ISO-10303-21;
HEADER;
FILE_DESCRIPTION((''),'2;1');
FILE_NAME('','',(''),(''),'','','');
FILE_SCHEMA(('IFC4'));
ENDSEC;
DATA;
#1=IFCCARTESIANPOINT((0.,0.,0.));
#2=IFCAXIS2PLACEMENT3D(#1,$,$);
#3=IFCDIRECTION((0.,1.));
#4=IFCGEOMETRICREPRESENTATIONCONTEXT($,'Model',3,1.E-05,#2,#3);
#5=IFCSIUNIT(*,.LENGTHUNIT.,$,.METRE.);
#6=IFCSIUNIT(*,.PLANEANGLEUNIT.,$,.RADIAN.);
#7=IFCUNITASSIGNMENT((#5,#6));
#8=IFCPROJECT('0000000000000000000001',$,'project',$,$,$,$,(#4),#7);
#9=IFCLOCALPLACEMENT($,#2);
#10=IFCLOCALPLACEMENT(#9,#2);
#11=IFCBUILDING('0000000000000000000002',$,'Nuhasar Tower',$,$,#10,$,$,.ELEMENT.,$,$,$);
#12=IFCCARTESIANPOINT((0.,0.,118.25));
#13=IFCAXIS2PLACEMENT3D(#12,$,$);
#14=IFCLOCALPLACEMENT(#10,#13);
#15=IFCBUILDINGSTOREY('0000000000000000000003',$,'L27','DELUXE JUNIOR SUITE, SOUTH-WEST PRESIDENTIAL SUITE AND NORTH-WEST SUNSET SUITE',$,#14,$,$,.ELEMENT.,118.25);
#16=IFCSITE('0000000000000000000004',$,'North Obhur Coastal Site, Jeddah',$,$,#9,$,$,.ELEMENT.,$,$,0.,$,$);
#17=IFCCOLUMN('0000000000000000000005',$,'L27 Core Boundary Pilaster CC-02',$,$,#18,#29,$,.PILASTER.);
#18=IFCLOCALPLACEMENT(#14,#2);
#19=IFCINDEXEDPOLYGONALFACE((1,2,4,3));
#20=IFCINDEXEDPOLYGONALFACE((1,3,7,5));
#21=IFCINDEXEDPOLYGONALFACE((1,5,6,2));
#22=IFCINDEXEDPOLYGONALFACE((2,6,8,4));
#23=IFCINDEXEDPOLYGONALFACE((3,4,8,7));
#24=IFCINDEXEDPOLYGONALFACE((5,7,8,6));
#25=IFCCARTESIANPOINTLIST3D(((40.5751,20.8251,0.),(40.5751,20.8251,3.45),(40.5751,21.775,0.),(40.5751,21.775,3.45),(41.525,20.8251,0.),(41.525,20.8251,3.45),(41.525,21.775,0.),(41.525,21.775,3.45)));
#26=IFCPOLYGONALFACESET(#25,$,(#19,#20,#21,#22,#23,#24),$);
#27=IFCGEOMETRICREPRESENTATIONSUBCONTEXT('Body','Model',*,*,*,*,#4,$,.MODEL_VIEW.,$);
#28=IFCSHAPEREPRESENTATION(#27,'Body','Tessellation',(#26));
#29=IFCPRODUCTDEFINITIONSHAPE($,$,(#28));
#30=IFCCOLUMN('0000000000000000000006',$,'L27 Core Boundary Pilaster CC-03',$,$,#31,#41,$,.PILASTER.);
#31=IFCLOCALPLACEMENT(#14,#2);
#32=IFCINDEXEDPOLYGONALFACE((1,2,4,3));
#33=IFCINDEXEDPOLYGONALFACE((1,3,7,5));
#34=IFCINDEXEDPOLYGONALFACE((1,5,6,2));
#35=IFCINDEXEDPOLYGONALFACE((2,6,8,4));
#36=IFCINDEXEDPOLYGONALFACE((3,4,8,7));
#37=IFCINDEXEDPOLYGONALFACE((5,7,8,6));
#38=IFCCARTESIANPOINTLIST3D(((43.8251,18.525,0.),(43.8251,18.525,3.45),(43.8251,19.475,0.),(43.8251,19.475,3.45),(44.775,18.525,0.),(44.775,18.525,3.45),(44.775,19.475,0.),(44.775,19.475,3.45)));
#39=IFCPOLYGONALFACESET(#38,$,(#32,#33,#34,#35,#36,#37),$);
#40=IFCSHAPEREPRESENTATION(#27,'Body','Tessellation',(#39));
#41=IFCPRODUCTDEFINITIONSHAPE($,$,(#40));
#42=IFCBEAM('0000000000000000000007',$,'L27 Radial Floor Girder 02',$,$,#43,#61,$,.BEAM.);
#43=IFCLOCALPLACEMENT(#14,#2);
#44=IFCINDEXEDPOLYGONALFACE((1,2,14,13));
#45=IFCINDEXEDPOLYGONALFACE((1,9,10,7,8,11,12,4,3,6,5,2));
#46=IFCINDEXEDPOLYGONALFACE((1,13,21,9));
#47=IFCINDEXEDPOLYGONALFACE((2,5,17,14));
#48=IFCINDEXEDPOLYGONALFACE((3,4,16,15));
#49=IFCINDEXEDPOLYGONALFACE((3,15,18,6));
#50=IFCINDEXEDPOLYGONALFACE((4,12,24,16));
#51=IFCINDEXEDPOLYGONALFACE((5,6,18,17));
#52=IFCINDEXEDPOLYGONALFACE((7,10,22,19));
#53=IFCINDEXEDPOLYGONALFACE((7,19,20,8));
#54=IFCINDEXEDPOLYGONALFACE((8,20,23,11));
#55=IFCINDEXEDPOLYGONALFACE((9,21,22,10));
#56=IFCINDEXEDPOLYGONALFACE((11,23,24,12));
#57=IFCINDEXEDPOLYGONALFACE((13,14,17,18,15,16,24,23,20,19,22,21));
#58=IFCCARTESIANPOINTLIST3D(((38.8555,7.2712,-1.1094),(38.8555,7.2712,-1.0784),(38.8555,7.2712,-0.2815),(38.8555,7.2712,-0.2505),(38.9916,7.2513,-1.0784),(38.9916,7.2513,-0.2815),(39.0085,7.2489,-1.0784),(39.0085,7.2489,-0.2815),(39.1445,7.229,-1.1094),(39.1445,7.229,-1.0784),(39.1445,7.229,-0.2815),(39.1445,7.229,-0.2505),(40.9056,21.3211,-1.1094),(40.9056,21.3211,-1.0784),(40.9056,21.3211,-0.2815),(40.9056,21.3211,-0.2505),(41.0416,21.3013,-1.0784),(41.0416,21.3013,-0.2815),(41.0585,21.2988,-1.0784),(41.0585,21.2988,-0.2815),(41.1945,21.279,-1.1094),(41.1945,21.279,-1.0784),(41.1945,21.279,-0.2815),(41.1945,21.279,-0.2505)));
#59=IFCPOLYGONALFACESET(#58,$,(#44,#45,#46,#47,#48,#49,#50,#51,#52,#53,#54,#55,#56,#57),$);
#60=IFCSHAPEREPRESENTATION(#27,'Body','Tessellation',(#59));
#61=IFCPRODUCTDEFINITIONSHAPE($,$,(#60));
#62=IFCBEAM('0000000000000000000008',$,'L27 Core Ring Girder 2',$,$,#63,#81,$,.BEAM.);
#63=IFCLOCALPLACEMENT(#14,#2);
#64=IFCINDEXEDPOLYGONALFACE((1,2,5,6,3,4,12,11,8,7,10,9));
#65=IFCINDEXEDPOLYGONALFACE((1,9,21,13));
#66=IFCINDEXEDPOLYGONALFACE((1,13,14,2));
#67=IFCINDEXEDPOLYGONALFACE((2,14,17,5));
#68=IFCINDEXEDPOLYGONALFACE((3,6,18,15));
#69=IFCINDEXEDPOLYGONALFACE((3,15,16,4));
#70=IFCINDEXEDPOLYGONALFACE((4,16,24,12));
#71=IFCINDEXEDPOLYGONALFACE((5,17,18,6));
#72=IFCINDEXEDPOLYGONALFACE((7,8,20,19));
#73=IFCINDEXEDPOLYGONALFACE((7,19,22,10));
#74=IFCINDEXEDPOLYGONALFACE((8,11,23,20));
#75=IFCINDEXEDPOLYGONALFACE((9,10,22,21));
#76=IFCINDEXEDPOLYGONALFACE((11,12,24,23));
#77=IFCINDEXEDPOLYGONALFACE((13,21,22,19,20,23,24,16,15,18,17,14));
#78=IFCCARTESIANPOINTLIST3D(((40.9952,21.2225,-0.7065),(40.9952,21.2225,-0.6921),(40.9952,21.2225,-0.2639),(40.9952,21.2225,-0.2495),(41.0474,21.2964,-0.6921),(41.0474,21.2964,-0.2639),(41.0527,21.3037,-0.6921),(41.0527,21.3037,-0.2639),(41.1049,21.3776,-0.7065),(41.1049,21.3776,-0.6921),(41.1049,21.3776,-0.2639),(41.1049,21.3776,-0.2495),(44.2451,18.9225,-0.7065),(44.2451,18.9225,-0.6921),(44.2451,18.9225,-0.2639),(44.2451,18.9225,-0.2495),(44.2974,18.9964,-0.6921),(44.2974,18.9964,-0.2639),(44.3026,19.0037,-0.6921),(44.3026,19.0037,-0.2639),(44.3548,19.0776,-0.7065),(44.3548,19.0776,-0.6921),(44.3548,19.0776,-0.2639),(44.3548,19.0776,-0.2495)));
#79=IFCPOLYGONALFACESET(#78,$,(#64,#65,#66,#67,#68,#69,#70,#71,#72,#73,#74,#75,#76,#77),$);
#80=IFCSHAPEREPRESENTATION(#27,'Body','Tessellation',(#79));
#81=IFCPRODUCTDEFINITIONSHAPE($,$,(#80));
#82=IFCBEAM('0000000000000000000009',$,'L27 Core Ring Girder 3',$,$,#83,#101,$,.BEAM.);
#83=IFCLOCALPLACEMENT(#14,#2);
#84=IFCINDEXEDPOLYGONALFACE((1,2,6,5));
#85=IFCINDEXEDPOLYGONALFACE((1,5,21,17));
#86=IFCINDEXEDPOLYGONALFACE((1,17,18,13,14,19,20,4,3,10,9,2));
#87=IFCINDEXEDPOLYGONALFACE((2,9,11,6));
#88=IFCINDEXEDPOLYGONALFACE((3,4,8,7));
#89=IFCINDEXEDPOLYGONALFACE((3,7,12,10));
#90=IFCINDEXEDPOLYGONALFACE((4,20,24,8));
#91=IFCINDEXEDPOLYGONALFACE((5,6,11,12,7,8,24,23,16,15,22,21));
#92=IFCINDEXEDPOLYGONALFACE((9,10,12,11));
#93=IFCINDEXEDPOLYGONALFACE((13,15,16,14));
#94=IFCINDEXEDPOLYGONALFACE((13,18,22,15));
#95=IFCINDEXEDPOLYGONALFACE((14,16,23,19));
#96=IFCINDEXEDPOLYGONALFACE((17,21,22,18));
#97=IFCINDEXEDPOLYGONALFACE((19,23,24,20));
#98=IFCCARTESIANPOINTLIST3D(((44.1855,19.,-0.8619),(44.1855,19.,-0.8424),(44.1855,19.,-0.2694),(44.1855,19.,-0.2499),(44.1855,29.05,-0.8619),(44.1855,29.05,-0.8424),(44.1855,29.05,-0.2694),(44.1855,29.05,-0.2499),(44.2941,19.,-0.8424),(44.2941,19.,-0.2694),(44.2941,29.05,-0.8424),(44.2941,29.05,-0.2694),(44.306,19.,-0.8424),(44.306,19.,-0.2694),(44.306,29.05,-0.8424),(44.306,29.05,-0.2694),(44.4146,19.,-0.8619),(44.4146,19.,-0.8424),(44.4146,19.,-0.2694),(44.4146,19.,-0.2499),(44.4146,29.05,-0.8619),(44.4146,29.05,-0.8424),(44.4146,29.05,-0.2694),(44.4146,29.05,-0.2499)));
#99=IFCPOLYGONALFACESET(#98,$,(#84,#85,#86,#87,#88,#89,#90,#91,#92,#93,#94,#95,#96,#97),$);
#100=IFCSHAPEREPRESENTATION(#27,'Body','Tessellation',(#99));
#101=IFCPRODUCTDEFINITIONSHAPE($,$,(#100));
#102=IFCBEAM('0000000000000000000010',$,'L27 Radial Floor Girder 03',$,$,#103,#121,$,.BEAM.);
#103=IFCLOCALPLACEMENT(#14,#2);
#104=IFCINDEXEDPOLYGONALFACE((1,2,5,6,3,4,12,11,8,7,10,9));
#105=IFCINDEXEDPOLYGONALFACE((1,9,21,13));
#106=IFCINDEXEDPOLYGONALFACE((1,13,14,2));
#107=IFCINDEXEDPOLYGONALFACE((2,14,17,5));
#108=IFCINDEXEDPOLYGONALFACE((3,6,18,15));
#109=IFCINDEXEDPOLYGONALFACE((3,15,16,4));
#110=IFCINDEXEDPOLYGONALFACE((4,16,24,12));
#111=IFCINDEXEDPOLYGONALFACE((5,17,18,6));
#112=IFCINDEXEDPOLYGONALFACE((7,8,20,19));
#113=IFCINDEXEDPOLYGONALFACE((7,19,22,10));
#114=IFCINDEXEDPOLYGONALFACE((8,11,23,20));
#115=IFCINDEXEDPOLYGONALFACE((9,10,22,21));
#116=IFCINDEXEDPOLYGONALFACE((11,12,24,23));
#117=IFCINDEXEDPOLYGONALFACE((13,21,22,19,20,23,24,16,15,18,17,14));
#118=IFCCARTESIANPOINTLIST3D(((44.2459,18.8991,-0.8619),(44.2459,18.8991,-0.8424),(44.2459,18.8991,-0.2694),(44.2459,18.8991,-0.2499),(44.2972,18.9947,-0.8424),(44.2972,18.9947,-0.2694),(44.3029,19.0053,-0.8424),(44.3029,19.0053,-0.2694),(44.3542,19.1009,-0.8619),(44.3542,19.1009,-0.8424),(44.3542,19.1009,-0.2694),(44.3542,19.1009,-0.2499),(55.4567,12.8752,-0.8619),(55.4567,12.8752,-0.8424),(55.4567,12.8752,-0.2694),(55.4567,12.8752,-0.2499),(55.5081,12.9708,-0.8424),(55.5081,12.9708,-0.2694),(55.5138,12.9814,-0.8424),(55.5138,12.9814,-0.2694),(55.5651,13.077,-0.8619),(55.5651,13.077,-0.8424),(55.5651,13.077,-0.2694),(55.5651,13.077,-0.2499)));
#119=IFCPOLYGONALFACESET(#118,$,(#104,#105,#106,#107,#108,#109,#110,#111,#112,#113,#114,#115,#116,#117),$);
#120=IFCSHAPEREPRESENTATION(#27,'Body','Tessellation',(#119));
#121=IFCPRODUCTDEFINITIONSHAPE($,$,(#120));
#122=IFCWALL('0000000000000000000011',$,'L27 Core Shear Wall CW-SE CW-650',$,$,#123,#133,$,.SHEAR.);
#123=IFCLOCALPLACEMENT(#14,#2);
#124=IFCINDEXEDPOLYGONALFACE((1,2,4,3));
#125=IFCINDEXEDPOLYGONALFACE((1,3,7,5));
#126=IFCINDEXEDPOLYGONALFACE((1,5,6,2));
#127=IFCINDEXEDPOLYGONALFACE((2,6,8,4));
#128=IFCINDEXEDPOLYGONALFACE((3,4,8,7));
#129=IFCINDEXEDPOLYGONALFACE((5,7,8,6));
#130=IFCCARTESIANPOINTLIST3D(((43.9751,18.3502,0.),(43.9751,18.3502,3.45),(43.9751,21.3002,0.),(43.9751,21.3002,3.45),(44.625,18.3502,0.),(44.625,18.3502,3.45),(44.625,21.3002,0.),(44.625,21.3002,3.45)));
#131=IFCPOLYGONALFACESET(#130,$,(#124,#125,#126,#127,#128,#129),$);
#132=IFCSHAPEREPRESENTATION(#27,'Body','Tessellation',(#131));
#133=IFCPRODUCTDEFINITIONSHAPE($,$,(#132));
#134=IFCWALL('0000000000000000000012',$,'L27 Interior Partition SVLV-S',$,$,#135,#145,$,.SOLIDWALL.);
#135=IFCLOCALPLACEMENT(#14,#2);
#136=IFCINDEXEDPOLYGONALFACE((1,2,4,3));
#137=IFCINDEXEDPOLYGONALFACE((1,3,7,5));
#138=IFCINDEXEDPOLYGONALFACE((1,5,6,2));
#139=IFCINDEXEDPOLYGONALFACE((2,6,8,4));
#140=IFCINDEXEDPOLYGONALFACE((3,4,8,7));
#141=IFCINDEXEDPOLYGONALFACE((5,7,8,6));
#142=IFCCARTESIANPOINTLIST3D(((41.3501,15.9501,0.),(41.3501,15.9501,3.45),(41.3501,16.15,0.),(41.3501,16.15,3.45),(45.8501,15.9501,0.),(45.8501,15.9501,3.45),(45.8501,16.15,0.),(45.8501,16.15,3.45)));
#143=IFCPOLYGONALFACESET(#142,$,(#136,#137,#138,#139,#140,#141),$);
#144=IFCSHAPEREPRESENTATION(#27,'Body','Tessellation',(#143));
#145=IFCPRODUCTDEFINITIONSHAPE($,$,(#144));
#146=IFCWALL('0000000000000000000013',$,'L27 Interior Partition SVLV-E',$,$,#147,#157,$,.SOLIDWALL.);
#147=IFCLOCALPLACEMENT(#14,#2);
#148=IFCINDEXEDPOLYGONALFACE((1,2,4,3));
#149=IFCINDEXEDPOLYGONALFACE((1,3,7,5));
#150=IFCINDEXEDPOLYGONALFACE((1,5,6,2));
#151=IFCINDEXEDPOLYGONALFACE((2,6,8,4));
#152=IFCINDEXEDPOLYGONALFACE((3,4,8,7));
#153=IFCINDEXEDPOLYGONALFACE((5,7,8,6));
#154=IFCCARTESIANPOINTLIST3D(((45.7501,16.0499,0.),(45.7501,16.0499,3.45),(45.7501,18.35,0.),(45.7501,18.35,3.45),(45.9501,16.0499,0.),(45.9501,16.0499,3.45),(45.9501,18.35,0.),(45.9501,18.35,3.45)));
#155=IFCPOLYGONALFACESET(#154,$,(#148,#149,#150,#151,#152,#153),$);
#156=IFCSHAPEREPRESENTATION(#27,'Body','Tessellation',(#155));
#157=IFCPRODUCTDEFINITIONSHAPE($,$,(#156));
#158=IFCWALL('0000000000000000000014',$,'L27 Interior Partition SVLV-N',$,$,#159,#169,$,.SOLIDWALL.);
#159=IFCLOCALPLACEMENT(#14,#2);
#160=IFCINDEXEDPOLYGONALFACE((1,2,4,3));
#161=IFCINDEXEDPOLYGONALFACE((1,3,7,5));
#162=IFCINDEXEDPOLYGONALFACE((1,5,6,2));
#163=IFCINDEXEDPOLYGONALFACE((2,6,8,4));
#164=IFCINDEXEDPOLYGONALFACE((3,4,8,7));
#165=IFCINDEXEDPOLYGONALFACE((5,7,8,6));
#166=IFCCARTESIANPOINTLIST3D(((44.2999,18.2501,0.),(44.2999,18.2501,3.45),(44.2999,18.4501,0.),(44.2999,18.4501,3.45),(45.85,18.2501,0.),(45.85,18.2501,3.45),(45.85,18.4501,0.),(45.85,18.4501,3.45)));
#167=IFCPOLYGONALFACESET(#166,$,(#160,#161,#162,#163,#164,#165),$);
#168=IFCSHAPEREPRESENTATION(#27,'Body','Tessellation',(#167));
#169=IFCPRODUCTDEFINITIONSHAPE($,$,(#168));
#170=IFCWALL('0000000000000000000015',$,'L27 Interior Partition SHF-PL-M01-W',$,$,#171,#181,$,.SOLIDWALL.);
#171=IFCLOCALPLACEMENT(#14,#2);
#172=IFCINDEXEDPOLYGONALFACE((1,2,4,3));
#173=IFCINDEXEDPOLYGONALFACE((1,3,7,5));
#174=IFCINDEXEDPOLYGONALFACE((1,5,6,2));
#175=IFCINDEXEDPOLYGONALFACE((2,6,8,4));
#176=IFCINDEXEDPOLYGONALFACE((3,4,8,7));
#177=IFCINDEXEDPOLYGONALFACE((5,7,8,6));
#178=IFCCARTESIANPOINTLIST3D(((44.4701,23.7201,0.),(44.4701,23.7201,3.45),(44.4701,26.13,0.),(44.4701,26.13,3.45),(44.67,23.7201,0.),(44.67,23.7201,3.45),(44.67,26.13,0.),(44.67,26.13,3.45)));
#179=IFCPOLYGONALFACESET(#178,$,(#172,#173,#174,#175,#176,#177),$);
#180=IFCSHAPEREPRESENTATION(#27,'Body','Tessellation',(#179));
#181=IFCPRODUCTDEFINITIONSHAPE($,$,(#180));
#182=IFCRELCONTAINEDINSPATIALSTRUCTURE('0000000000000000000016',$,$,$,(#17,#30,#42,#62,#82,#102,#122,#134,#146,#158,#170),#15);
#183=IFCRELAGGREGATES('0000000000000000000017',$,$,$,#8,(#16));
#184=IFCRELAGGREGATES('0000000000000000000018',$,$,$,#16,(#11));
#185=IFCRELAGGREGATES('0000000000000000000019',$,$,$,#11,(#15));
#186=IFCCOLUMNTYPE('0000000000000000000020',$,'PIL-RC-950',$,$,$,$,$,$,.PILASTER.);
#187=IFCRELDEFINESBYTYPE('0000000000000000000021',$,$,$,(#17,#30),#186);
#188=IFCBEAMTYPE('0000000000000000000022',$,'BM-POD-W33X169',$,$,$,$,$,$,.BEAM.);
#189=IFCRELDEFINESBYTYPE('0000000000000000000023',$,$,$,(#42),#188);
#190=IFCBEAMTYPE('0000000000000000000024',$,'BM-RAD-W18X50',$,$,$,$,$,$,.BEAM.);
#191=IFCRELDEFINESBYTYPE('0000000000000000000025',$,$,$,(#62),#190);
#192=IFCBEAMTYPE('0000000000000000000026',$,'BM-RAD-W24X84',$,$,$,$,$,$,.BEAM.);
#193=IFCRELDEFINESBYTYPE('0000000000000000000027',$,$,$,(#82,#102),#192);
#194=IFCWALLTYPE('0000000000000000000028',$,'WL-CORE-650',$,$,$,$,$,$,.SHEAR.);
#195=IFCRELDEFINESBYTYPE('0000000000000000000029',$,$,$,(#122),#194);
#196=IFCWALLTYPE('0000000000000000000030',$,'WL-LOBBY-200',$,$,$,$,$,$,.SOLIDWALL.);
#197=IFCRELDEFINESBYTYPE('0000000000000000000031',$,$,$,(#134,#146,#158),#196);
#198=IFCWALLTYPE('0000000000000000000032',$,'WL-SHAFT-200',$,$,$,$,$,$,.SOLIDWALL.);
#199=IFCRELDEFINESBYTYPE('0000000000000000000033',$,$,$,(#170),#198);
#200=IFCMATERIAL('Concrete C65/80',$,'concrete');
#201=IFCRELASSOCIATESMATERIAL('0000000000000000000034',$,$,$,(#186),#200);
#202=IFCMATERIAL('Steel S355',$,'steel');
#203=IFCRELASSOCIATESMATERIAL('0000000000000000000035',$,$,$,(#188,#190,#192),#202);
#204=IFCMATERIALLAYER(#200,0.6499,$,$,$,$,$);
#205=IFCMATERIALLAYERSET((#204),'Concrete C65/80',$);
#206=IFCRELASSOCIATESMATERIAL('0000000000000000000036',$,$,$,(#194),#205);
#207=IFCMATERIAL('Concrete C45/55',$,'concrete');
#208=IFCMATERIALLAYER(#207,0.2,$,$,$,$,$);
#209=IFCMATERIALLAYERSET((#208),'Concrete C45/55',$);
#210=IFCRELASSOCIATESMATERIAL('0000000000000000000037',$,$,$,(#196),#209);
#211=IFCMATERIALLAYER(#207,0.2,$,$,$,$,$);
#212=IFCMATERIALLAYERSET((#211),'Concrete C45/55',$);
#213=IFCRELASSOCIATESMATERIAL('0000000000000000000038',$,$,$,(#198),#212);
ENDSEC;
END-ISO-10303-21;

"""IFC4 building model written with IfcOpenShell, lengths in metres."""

from ifc_helpers import new_model, si_unit, direction, frame, frame_2d, origin, origin_2d, place, context, subcontext, project, spatial, rectangle, i_section, extrude, material, layer, layer_set, material_profile, profile_set, type_object, element, save


model = new_model("IFC4")

# Units and contexts
model_context = context("Model", 3, precision=1e-05, world=origin(), true_north=direction((0.0, 1.0)))
body_context = subcontext(model_context, "Body", "Model", "MODEL_VIEW")
ifc_project = project(units=[si_unit("LENGTHUNIT", "METRE"), si_unit("PLANEANGLEUNIT", "RADIAN")], contexts=[model_context])

# Site, building, storey
site_placement = place(None, origin())
site = spatial("IfcSite", under=ifc_project, at=site_placement, Name="North Obhur Coastal Site, Jeddah", CompositionType="ELEMENT", RefElevation=0.0)
building_placement = place(site_placement, origin())
building = spatial("IfcBuilding", under=site, at=building_placement, Name="Nuhasar Tower", CompositionType="ELEMENT")
storey_placement = place(building_placement, frame((0.0, 0.0, 118.25)))
storey = spatial("IfcBuildingStorey", under=building, at=storey_placement, Name="L27", Description="DELUXE JUNIOR SUITE, SOUTH-WEST PRESIDENTIAL SUITE AND NORTH-WEST SUNSET SUITE", CompositionType="ELEMENT", Elevation=118.25)

# Columns
ifc_material_1 = material(Name="Concrete C65/80", Category="concrete")
ifc_material_profile_1 = material_profile(ifc_material_1, rectangle(XDim=0.95, YDim=0.95, at=origin_2d()), Name="RC950X950")
ifc_profile_set_1 = profile_set([ifc_material_profile_1], Name="Concrete C65/80")
column_type = type_object("IfcColumnType", Name="PIL-RC-950", PredefinedType="PILASTER", material=ifc_profile_set_1)
for number, where, z_axis, x_axis, name in (
    (1, (41.05, 21.3, 0.0), (0.0, 0.0, 1.0), (1.0, 0.0, 0.0), "L27 Core Boundary Pilaster CC-02"),
    (2, (44.3, 19.0, 0.0), (0.0, 0.0, 1.0), (1.0, 0.0, 0.0), "L27 Core Boundary Pilaster CC-03"),
):
    element("IfcColumn", number, at=place(storey_placement, frame(where, z_axis=z_axis, x_axis=x_axis)), inside=storey, type_object=column_type, Name=name, PredefinedType="PILASTER", context=body_context, shape_type="SweptSolid", body=[
        extrude(rectangle(XDim=0.95, YDim=0.95, at=origin_2d()), origin(), (0.0, 0.0, 1.0), 3.45),
    ])

# Beams
ifc_material_2 = material(Name="Steel S355", Category="steel")
ifc_material_profile_2 = material_profile(ifc_material_2, i_section(OverallWidth=0.292, OverallDepth=0.8589, WebThickness=0.0171, FlangeThickness=0.031, at=origin_2d()), Name="W33X169")
ifc_profile_set_2 = profile_set([ifc_material_profile_2], Name="Steel S355")
beam_type_1 = type_object("IfcBeamType", Name="BM-POD-W33X169", PredefinedType="BEAM", material=ifc_profile_set_2)
beam_1_placement = place(storey_placement, frame((41.05, 21.3, -0.6799), z_axis=(-0.144382, -0.989522, 0.0), x_axis=(0.989522, -0.144382, 0.0)))
element("IfcBeam", 3, at=beam_1_placement, inside=storey, type_object=beam_type_1, Name="L27 Radial Floor Girder 02", PredefinedType="BEAM", context=body_context, shape_type="SweptSolid", body=[
    extrude(i_section(OverallWidth=0.292, OverallDepth=0.8589, WebThickness=0.0171, FlangeThickness=0.031, at=origin_2d()), origin(), (0.0, 0.0, 1.0), 14.1987),
])
ifc_material_profile_3 = material_profile(ifc_material_2, i_section(OverallWidth=0.1899, OverallDepth=0.457, WebThickness=0.009, FlangeThickness=0.0144, at=origin_2d()), Name="W18X50")
ifc_profile_set_3 = profile_set([ifc_material_profile_3], Name="Steel S355")
beam_type_2 = type_object("IfcBeamType", Name="BM-RAD-W18X50", PredefinedType="BEAM", material=ifc_profile_set_3)
beam_2_placement = place(storey_placement, frame((41.05, 21.3, -0.478), z_axis=(0.816265, -0.577677, 0.0), x_axis=(0.577677, 0.816265, 0.0)))
element("IfcBeam", 4, at=beam_2_placement, inside=storey, type_object=beam_type_2, Name="L27 Core Ring Girder 2", PredefinedType="BEAM", context=body_context, shape_type="SweptSolid", body=[
    extrude(i_section(OverallWidth=0.1899, OverallDepth=0.457, WebThickness=0.009, FlangeThickness=0.0144, at=origin_2d()), origin(), (0.0, 0.0, 1.0), 3.9814),
])
ifc_material_profile_4 = material_profile(ifc_material_2, i_section(OverallWidth=0.229, OverallDepth=0.6121, WebThickness=0.012, FlangeThickness=0.0195, at=origin_2d()), Name="W24X84")
ifc_profile_set_4 = profile_set([ifc_material_profile_4], Name="Steel S355")
beam_type_3 = type_object("IfcBeamType", Name="BM-RAD-W24X84", PredefinedType="BEAM", material=ifc_profile_set_4)
beam_3_placement = place(storey_placement, frame((44.3, 19.0, -0.5559), z_axis=(0.0, 1.0, 0.0), x_axis=(-1.0, 0.0, 0.0)))
element("IfcBeam", 5, at=beam_3_placement, inside=storey, type_object=beam_type_3, Name="L27 Core Ring Girder 3", PredefinedType="BEAM", context=body_context, shape_type="SweptSolid", body=[
    extrude(i_section(OverallWidth=0.229, OverallDepth=0.6121, WebThickness=0.012, FlangeThickness=0.0195, at=origin_2d()), origin(), (0.0, 0.0, 1.0), 10.05),
])
beam_4_placement = place(storey_placement, frame((44.3, 19.0, -0.5559), z_axis=(0.880888, -0.473324, 0.0), x_axis=(0.473324, 0.880888, 0.0)))
element("IfcBeam", 6, at=beam_4_placement, inside=storey, type_object=beam_type_3, Name="L27 Radial Floor Girder 03", PredefinedType="BEAM", context=body_context, shape_type="SweptSolid", body=[
    extrude(i_section(OverallWidth=0.229, OverallDepth=0.6121, WebThickness=0.012, FlangeThickness=0.0195, at=origin_2d()), origin(), (0.0, 0.0, 1.0), 12.7268),
])

# Wall
ifc_layer_1 = layer(ifc_material_1, 0.6499)
ifc_layer_set_1 = layer_set([ifc_layer_1], Name="Concrete C65/80")
wall_type_1 = type_object("IfcWallType", Name="WL-CORE-650", PredefinedType="SHEAR", material=ifc_layer_set_1)
wall_1_placement = place(storey_placement, frame((44.3, 18.3501, 0.0), z_axis=(0.0, 0.0, 1.0), x_axis=(0.0, 1.0, 0.0)))
element("IfcWall", 7, at=wall_1_placement, inside=storey, type_object=wall_type_1, Name="L27 Core Shear Wall CW-SE CW-650", PredefinedType="SHEAR", context=body_context, shape_type="SweptSolid", body=[
    extrude(rectangle(XDim=2.95, YDim=0.6499, at=frame_2d((1.4751, 0.0))), origin(), (0.0, 0.0, 1.0), 3.45),
])

# Shared definitions
ifc_material_3 = material(Name="Concrete C45/55", Category="concrete")
ifc_layer_2 = layer(ifc_material_3, 0.2)
ifc_layer_set_2 = layer_set([ifc_layer_2], Name="Concrete C45/55")
wall_type_2 = type_object("IfcWallType", Name="WL-LOBBY-200", PredefinedType="SOLIDWALL", material=ifc_layer_set_2)

# Walls
wall_2_placement = place(storey_placement, frame((41.3501, 16.05, 0.0), z_axis=(0.0, 0.0, 1.0), x_axis=(1.0, 0.0, 0.0)))
element("IfcWall", 8, at=wall_2_placement, inside=storey, type_object=wall_type_2, Name="L27 Interior Partition SVLV-S", PredefinedType="SOLIDWALL", context=body_context, shape_type="SweptSolid", body=[
    extrude(rectangle(XDim=4.5, YDim=0.2, at=frame_2d((2.25, 0.0))), origin(), (0.0, 0.0, 1.0), 3.45),
])
wall_3_placement = place(storey_placement, frame((45.8501, 16.05, 0.0), z_axis=(0.0, 0.0, 1.0), x_axis=(0.0, 1.0, 0.0)))
element("IfcWall", 9, at=wall_3_placement, inside=storey, type_object=wall_type_2, Name="L27 Interior Partition SVLV-E", PredefinedType="SOLIDWALL", context=body_context, shape_type="SweptSolid", body=[
    extrude(rectangle(XDim=2.3, YDim=0.2, at=frame_2d((1.1499, 0.0))), origin(), (0.0, 0.0, 1.0), 3.45),
])
wall_4_placement = place(storey_placement, frame((44.3, 18.3501, 0.0), z_axis=(0.0, 0.0, 1.0), x_axis=(1.0, 0.0, 0.0)))
element("IfcWall", 10, at=wall_4_placement, inside=storey, type_object=wall_type_2, Name="L27 Interior Partition SVLV-N", PredefinedType="SOLIDWALL", context=body_context, shape_type="SweptSolid", body=[
    extrude(rectangle(XDim=1.55, YDim=0.2, at=frame_2d((0.7749, 0.0))), origin(), (0.0, 0.0, 1.0), 3.45),
])

# Shared definitions
ifc_layer_3 = layer(ifc_material_3, 0.2)
ifc_layer_set_3 = layer_set([ifc_layer_3], Name="Concrete C45/55")
wall_type_3 = type_object("IfcWallType", Name="WL-SHAFT-200", PredefinedType="SOLIDWALL", material=ifc_layer_set_3)

# Wall
wall_5_placement = place(storey_placement, frame((44.5701, 23.72, 0.0), z_axis=(0.0, 0.0, 1.0), x_axis=(0.0, 1.0, 0.0)))
element("IfcWall", 11, at=wall_5_placement, inside=storey, type_object=wall_type_3, Name="L27 Interior Partition SHF-PL-M01-W", PredefinedType="SOLIDWALL", context=body_context, shape_type="SweptSolid", body=[
    extrude(rectangle(XDim=2.4099, YDim=0.2, at=frame_2d((1.2051, 0.0))), origin(), (0.0, 0.0, 1.0), 3.45),
])

save(model, "model.ifc")
